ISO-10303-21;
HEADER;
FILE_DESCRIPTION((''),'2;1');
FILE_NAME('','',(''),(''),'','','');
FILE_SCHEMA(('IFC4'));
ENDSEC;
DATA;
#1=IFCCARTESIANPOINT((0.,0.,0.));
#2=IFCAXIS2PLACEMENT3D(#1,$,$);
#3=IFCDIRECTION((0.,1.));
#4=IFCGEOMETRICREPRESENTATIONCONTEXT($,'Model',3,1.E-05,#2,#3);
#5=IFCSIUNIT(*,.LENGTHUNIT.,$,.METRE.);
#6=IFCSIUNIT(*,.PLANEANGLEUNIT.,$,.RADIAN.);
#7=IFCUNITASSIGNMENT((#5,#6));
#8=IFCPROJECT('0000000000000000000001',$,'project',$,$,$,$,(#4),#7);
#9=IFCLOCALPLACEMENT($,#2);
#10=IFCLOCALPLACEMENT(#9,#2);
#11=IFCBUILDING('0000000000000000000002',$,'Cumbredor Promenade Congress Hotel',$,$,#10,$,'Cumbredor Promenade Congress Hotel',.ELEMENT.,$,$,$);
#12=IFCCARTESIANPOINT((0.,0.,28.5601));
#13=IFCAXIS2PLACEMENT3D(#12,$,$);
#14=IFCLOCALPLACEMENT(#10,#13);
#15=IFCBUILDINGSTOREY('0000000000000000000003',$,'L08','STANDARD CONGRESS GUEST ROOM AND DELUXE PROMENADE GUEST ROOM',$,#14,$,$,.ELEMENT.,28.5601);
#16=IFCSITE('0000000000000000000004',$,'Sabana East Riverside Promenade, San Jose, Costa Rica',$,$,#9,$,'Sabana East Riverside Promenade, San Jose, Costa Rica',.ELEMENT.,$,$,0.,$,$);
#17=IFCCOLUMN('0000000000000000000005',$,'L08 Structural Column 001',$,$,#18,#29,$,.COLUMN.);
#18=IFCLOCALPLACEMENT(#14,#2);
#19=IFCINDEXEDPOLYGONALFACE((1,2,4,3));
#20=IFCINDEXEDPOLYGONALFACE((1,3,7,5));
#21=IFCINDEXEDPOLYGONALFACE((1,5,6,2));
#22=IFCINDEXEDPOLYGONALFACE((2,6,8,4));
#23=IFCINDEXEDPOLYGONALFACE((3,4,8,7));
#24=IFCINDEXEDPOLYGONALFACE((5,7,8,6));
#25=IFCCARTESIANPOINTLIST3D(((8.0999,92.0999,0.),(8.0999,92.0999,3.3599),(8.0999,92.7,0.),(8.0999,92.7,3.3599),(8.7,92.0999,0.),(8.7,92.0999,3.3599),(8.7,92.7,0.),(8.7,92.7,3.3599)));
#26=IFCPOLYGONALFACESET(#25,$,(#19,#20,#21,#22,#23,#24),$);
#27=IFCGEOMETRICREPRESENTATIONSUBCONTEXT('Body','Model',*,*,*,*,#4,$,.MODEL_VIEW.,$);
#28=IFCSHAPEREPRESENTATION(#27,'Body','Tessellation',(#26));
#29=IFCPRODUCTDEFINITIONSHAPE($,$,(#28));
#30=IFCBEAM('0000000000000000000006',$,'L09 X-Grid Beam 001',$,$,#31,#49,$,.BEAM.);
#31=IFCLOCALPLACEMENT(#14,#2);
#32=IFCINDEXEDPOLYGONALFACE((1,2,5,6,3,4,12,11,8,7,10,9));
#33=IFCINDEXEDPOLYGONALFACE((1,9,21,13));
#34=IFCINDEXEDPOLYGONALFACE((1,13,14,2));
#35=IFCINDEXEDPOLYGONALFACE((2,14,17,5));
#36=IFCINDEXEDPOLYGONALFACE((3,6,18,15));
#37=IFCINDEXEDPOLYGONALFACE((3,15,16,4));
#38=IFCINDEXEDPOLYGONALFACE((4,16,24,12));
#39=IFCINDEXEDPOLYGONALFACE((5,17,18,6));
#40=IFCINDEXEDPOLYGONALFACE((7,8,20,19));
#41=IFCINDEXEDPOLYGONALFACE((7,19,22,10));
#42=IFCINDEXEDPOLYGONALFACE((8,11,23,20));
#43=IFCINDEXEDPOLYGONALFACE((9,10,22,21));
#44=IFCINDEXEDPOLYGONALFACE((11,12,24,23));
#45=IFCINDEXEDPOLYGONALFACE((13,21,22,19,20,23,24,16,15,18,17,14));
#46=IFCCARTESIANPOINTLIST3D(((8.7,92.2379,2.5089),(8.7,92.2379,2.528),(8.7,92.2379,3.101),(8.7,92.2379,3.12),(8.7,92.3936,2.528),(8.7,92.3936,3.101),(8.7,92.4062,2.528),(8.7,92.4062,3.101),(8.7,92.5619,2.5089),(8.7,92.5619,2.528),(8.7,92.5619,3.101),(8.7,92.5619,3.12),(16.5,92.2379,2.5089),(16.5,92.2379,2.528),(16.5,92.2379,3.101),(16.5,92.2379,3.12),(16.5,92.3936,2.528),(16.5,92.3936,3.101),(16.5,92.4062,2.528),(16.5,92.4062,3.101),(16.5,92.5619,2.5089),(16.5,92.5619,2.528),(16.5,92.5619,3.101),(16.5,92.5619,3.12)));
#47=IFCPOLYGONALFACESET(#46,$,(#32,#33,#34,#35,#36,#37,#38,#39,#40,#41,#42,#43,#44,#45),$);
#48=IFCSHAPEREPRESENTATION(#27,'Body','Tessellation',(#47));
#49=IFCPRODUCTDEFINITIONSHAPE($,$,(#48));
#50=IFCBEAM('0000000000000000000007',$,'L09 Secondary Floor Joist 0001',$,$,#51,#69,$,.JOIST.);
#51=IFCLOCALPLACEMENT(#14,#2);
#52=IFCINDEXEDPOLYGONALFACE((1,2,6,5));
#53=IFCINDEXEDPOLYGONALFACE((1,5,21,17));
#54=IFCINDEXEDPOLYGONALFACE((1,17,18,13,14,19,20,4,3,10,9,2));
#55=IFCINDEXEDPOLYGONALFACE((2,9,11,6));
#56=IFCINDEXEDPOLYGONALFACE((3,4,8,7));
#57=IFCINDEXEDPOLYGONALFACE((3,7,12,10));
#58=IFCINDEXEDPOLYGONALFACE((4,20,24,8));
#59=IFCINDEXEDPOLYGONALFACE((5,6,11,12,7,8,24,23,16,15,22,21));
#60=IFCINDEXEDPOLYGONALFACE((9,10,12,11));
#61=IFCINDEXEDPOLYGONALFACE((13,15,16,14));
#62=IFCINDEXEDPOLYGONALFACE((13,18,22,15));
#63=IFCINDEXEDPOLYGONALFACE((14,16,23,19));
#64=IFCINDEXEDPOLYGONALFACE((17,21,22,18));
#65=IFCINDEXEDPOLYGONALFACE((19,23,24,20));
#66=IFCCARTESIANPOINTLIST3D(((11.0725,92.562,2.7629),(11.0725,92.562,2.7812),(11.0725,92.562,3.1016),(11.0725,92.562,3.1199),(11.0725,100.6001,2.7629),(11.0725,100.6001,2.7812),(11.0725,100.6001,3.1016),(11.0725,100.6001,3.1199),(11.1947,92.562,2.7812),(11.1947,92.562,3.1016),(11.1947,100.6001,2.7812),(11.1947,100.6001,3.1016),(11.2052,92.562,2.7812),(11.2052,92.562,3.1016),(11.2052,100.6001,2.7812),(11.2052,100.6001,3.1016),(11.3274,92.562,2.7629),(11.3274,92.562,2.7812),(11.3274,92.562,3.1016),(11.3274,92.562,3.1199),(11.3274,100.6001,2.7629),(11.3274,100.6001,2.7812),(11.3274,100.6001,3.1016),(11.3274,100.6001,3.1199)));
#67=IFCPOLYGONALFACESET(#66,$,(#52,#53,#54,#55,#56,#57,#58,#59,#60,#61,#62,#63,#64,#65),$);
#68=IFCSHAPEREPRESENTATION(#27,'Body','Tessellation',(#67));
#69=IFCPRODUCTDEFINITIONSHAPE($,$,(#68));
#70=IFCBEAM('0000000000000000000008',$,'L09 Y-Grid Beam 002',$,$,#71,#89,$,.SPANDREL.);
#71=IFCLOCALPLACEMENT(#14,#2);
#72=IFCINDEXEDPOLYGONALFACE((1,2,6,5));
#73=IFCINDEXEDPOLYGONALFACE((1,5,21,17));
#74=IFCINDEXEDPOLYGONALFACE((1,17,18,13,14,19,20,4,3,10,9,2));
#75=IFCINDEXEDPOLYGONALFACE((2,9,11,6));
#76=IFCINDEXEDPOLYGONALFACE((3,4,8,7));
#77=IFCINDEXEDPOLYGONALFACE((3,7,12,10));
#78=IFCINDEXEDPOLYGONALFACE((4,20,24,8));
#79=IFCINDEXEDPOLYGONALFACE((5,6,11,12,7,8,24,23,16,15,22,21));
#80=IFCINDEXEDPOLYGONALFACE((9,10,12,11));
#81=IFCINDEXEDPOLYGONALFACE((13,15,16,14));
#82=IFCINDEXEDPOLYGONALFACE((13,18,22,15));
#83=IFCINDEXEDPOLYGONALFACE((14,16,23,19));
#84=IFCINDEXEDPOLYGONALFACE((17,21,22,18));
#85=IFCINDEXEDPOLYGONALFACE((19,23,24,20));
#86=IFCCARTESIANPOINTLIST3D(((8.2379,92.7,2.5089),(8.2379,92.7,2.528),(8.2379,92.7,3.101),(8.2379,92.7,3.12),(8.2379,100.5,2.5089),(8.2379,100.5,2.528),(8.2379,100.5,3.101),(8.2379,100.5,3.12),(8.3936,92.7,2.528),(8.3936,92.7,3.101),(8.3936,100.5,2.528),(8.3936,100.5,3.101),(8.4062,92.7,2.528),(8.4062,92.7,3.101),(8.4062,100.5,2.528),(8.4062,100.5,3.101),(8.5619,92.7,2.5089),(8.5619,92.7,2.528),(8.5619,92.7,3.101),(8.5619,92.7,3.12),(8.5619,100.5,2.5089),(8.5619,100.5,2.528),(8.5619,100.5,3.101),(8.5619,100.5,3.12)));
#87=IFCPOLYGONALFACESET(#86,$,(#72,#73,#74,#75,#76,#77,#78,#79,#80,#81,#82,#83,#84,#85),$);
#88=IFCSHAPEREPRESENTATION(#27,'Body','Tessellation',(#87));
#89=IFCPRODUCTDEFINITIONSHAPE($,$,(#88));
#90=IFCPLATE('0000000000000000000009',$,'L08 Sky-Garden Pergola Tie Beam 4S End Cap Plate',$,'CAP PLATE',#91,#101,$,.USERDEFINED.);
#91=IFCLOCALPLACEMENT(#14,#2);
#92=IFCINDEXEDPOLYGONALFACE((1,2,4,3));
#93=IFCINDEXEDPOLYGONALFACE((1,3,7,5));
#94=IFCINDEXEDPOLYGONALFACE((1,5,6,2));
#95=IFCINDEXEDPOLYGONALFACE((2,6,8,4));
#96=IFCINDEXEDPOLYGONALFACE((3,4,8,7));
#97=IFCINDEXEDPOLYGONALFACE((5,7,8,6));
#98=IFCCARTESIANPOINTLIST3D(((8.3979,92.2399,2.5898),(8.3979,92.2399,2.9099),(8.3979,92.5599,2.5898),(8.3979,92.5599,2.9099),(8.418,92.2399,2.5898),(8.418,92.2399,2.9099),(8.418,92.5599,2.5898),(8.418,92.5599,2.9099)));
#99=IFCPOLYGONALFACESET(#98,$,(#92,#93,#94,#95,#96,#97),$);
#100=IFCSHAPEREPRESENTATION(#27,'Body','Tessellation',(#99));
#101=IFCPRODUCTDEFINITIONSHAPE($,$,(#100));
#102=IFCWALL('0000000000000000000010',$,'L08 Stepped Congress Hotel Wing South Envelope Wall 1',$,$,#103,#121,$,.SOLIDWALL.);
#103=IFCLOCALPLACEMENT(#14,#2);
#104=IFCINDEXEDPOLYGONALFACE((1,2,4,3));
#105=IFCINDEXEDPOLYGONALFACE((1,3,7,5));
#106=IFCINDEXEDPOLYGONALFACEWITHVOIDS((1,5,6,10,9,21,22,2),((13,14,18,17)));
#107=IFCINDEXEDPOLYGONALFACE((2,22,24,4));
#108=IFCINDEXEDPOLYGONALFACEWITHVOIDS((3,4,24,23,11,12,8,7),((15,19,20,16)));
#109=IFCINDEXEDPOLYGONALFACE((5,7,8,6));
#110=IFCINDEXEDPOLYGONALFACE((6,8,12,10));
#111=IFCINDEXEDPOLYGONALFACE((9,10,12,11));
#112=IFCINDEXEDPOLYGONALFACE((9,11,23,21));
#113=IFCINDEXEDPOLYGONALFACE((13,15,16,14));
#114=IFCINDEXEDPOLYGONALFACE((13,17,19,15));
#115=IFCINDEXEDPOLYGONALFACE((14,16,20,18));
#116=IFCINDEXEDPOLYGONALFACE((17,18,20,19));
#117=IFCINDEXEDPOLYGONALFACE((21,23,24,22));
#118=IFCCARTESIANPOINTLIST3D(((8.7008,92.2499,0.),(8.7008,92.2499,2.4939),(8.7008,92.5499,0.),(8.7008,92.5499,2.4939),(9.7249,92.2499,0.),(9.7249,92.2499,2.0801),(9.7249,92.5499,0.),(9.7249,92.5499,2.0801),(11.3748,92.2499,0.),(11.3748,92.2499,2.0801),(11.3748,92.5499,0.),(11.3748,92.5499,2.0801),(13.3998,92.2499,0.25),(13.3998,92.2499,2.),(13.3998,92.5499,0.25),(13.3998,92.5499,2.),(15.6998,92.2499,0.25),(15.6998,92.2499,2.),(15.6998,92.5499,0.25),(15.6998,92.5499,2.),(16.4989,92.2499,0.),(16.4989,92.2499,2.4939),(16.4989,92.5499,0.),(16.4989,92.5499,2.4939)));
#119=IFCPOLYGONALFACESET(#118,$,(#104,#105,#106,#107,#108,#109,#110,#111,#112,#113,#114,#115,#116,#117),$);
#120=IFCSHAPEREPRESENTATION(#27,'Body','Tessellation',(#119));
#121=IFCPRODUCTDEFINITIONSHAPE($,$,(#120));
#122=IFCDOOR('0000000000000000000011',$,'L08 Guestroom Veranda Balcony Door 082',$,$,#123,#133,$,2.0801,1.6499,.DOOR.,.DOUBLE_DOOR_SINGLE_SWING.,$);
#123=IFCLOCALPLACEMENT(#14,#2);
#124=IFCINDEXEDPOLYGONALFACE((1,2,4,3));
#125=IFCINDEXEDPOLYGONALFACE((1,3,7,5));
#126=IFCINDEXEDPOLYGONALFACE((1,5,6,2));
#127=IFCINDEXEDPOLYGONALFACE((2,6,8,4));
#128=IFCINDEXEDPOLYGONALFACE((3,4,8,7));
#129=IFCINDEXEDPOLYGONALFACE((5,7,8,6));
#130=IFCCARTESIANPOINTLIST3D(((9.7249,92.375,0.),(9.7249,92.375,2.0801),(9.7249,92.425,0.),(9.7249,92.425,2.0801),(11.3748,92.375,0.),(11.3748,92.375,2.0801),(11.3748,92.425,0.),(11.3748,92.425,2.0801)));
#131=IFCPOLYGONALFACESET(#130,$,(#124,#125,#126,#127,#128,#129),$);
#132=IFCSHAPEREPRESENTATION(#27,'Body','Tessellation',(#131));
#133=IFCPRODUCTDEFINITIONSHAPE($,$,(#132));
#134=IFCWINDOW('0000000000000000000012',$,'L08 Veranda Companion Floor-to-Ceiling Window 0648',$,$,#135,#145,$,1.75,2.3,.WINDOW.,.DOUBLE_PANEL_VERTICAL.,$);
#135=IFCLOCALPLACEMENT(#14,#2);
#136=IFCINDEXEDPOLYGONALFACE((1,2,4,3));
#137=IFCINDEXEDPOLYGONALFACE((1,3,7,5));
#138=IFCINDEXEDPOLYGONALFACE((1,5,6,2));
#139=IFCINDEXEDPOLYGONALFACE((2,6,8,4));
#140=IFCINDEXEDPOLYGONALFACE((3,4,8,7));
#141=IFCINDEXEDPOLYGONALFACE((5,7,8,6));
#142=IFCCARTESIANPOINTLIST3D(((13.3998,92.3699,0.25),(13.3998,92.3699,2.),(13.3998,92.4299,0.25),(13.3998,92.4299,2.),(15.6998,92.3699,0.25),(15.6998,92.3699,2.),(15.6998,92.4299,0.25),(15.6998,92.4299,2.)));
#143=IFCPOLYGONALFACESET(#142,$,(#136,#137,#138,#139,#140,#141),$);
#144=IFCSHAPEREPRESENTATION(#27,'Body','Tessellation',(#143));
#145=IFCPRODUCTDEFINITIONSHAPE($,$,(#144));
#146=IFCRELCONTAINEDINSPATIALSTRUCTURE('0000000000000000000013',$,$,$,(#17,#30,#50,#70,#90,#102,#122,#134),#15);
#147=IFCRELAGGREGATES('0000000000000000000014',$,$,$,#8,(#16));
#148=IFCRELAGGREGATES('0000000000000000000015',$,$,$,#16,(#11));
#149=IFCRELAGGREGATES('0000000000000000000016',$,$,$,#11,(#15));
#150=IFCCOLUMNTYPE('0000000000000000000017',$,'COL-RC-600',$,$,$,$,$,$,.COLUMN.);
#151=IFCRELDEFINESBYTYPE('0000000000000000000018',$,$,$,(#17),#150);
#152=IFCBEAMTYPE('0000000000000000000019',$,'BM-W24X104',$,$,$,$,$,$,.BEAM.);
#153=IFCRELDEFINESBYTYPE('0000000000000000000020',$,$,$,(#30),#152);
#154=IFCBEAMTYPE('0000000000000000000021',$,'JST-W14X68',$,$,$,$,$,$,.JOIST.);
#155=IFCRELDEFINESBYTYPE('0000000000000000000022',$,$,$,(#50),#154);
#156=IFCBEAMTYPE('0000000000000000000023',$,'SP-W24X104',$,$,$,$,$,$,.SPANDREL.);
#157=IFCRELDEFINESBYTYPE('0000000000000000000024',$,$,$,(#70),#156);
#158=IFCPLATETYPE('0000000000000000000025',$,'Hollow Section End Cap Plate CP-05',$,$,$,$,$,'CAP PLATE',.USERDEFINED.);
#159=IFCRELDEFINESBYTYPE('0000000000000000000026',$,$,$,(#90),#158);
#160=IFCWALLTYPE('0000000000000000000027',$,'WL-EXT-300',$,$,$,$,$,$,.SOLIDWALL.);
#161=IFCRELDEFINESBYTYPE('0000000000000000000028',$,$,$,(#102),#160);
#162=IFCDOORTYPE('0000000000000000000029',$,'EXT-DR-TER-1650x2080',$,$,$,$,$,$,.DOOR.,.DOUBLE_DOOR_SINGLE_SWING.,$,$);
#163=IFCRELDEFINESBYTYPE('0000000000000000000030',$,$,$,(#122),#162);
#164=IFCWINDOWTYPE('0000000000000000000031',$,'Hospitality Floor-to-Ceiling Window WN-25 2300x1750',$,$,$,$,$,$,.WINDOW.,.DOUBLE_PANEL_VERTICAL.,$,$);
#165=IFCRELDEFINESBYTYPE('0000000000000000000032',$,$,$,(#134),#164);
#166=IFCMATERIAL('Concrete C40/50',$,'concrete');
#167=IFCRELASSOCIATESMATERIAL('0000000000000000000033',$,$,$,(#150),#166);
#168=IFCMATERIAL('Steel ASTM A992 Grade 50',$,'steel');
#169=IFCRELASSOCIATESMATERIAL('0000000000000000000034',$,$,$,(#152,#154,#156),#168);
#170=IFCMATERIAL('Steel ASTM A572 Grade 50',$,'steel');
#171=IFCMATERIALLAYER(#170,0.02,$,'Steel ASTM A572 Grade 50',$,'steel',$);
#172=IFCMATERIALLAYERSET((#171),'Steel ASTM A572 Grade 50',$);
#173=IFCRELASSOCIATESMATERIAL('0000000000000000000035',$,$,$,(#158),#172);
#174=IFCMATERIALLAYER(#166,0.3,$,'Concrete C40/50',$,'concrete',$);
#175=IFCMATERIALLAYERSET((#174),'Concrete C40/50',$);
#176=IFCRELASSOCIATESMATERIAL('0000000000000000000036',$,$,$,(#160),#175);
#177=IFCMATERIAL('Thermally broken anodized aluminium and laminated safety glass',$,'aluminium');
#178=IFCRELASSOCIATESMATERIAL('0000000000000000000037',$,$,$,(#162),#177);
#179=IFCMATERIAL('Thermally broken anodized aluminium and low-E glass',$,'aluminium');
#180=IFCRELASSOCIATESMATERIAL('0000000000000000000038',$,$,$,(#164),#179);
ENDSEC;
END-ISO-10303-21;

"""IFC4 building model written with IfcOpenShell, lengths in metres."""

from ifc_helpers import new_model, si_unit, direction, frame, frame_2d, origin, origin_2d, place, context, subcontext, project, spatial, rectangle, i_section, extrude, material, layer, layer_set, material_profile, profile_set, type_object, element, fill, save


model = new_model("IFC4")

# Units and contexts
model_context = context("Model", 3, precision=1e-05, world=origin(), true_north=direction((0.0, 1.0)))
body_context = subcontext(model_context, "Body", "Model", "MODEL_VIEW")
ifc_project = project(units=[si_unit("LENGTHUNIT", "METRE"), si_unit("PLANEANGLEUNIT", "RADIAN")], contexts=[model_context])

# Site, building, storey
site_placement = place(None, origin())
site = spatial("IfcSite", under=ifc_project, at=site_placement, Name="Sabana East Riverside Promenade, San Jose, Costa Rica", LongName="Sabana East Riverside Promenade, San Jose, Costa Rica", CompositionType="ELEMENT", RefElevation=0.0)
building_placement = place(site_placement, origin())
building = spatial("IfcBuilding", under=site, at=building_placement, Name="Cumbredor Promenade Congress Hotel", LongName="Cumbredor Promenade Congress Hotel", CompositionType="ELEMENT")
storey_placement = place(building_placement, frame((0.0, 0.0, 28.5601)))
storey = spatial("IfcBuildingStorey", under=building, at=storey_placement, Name="L08", Description="STANDARD CONGRESS GUEST ROOM AND DELUXE PROMENADE GUEST ROOM", CompositionType="ELEMENT", Elevation=28.5601)

# Column
ifc_material_1 = material(Name="Concrete C40/50", Category="concrete")
ifc_material_profile_1 = material_profile(ifc_material_1, rectangle(XDim=0.6001, YDim=0.6001, at=origin_2d()), Name="RC 600x600")
ifc_profile_set_1 = profile_set([ifc_material_profile_1], Name="Concrete C40/50")
column_type = type_object("IfcColumnType", Name="COL-RC-600", PredefinedType="COLUMN", material=ifc_profile_set_1)
column_placement = place(storey_placement, frame((8.3999, 92.3999, 0.0), z_axis=(0.0, 0.0, 1.0), x_axis=(1.0, 0.0, 0.0)))
element("IfcColumn", 1, at=column_placement, inside=storey, type_object=column_type, Name="L08 Structural Column 001", PredefinedType="COLUMN", context=body_context, shape_type="SweptSolid", body=[
    extrude(rectangle(XDim=0.6001, YDim=0.6001, at=origin_2d()), origin(), (0.0, 0.0, 1.0), 3.3599),
])

# Beams
ifc_material_2 = material(Name="Steel ASTM A992 Grade 50", Category="steel")
ifc_material_profile_2 = material_profile(ifc_material_2, i_section(OverallWidth=0.324, OverallDepth=0.6111, WebThickness=0.0127, FlangeThickness=0.019, at=origin_2d()), Name="W24X104")
ifc_profile_set_2 = profile_set([ifc_material_profile_2], Name="Steel ASTM A992 Grade 50")
beam_type_1 = type_object("IfcBeamType", Name="BM-W24X104", PredefinedType="BEAM", material=ifc_profile_set_2)
beam_1_placement = place(storey_placement, frame((8.7, 92.3999, 2.8145), z_axis=(1.0, 0.0, 0.0), x_axis=(0.0, 1.0, 0.0)))
element("IfcBeam", 2, at=beam_1_placement, inside=storey, type_object=beam_type_1, Name="L09 X-Grid Beam 001", PredefinedType="BEAM", context=body_context, shape_type="SweptSolid", body=[
    extrude(i_section(OverallWidth=0.324, OverallDepth=0.6111, WebThickness=0.0127, FlangeThickness=0.019, at=origin_2d()), origin(), (0.0, 0.0, 1.0), 7.8),
])
ifc_material_profile_3 = material_profile(ifc_material_2, i_section(OverallWidth=0.2549, OverallDepth=0.3569, WebThickness=0.0105, FlangeThickness=0.0183, at=origin_2d()), Name="W14X68")
ifc_profile_set_3 = profile_set([ifc_material_profile_3], Name="Steel ASTM A992 Grade 50")
beam_type_2 = type_object("IfcBeamType", Name="JST-W14X68", PredefinedType="JOIST", material=ifc_profile_set_3)
beam_2_placement = place(storey_placement, frame((11.2, 92.562, 2.9414), z_axis=(0.0, 1.0, 0.0), x_axis=(-1.0, 0.0, 0.0)))
element("IfcBeam", 3, at=beam_2_placement, inside=storey, type_object=beam_type_2, Name="L09 Secondary Floor Joist 0001", PredefinedType="JOIST", context=body_context, shape_type="SweptSolid", body=[
    extrude(i_section(OverallWidth=0.2549, OverallDepth=0.3569, WebThickness=0.0105, FlangeThickness=0.0183, at=origin_2d()), origin(), (0.0, 0.0, 1.0), 8.0381),
])
ifc_material_profile_4 = material_profile(ifc_material_2, i_section(OverallWidth=0.324, OverallDepth=0.6111, WebThickness=0.0127, FlangeThickness=0.019, at=origin_2d()), Name="W24X104")
ifc_profile_set_4 = profile_set([ifc_material_profile_4], Name="Steel ASTM A992 Grade 50")
beam_type_3 = type_object("IfcBeamType", Name="SP-W24X104", PredefinedType="SPANDREL", material=ifc_profile_set_4)
beam_3_placement = place(storey_placement, frame((8.3999, 92.7, 2.8145), z_axis=(0.0, 1.0, 0.0), x_axis=(-1.0, 0.0, 0.0)))
element("IfcBeam", 4, at=beam_3_placement, inside=storey, type_object=beam_type_3, Name="L09 Y-Grid Beam 002", PredefinedType="SPANDREL", context=body_context, shape_type="SweptSolid", body=[
    extrude(i_section(OverallWidth=0.324, OverallDepth=0.6111, WebThickness=0.0127, FlangeThickness=0.019, at=origin_2d()), origin(), (0.0, 0.0, 1.0), 7.8),
])

# Plate
ifc_material_3 = material(Name="Steel ASTM A572 Grade 50", Category="steel")
ifc_layer_1 = layer(ifc_material_3, 0.02, Name="Steel ASTM A572 Grade 50", Category="steel")
ifc_layer_set_1 = layer_set([ifc_layer_1], Name="Steel ASTM A572 Grade 50")
plate_type = type_object("IfcPlateType", Name="Hollow Section End Cap Plate CP-05", ElementType="CAP PLATE", PredefinedType="USERDEFINED", material=ifc_layer_set_1)
plate_placement = place(storey_placement, frame((8.408, 92.3999, 2.5898), z_axis=(0.0, 0.0, 1.0), x_axis=(1.0, 0.0, 0.0)))
element("IfcPlate", 5, at=plate_placement, inside=storey, type_object=plate_type, Name="L08 Sky-Garden Pergola Tie Beam 4S End Cap Plate", ObjectType="CAP PLATE", PredefinedType="USERDEFINED", context=body_context, shape_type="SweptSolid", body=[
    extrude(rectangle(XDim=0.02, YDim=0.3201, at=origin_2d()), origin(), (0.0, 0.0, 1.0), 0.3201),
])

# Wall, openings, door, window
ifc_layer_2 = layer(ifc_material_1, 0.3, Name="Concrete C40/50", Category="concrete")
ifc_layer_set_2 = layer_set([ifc_layer_2], Name="Concrete C40/50")
wall_type = type_object("IfcWallType", Name="WL-EXT-300", PredefinedType="SOLIDWALL", material=ifc_layer_set_2)
wall_placement = place(storey_placement, frame((8.7009, 92.3999, 0.0), z_axis=(0.0, 0.0, 1.0), x_axis=(1.0, 0.0, 0.0)))
wall = element("IfcWall", 6, at=wall_placement, inside=storey, type_object=wall_type, Name="L08 Stepped Congress Hotel Wing South Envelope Wall 1", PredefinedType="SOLIDWALL", context=body_context, shape_type="SweptSolid", body=[
    extrude(rectangle(XDim=7.7981, YDim=0.3, at=frame_2d((3.8989, 0.0))), origin(), (0.0, 0.0, 1.0), 2.4939),
])
opening_1_placement = place(wall_placement, frame((1.0239, 0.0, 0.0)))
opening_1 = element("IfcOpeningElement", 7, at=opening_1_placement, cuts=wall, PredefinedType="OPENING", context=body_context, shape_type="SweptSolid", body=[
    extrude(rectangle(XDim=1.6499, YDim=2.0801, at=frame_2d((0.825, 1.04))), frame((0.0, 0.1602, 0.0), z_axis=(0.0, -1.0, 0.0), x_axis=(1.0, 0.0, 0.0)), (0.0, 0.0, 1.0), 0.3201),
])
opening_2_placement = place(wall_placement, frame((4.699, 0.0, 0.25)))
opening_2 = element("IfcOpeningElement", 8, at=opening_2_placement, cuts=wall, PredefinedType="OPENING", context=body_context, shape_type="SweptSolid", body=[
    extrude(rectangle(XDim=2.3, YDim=1.75, at=frame_2d((1.1499, 0.875))), frame((0.0, 0.1602, 0.0), z_axis=(0.0, -1.0, 0.0), x_axis=(1.0, 0.0, 0.0)), (0.0, 0.0, 1.0), 0.3201),
])
ifc_material_4 = material(Name="Thermally broken anodized aluminium and laminated safety glass", Category="aluminium")
door_type = type_object("IfcDoorType", Name="EXT-DR-TER-1650x2080", OperationType="DOUBLE_DOOR_SINGLE_SWING", PredefinedType="DOOR", material=ifc_material_4)
door_placement = place(opening_1_placement, frame((1.6499, 0.0, 0.0), z_axis=(0.0, 0.0, 1.0), x_axis=(-1.0, 0.0, 0.0)))
door = element("IfcDoor", 9, at=door_placement, inside=storey, type_object=door_type, Name="L08 Guestroom Veranda Balcony Door 082", OperationType="DOUBLE_DOOR_SINGLE_SWING", OverallHeight=2.0801, OverallWidth=1.6499, PredefinedType="DOOR", context=body_context, shape_type="SweptSolid", body=[
    extrude(rectangle(XDim=1.6499, YDim=2.0801, at=frame_2d((0.825, 1.04))), frame((0.0, 0.0249, 0.0), z_axis=(0.0, -1.0, 0.0), x_axis=(1.0, 0.0, 0.0)), (0.0, 0.0, 1.0), 0.05),
])
fill(opening_1, door)
ifc_material_5 = material(Name="Thermally broken anodized aluminium and low-E glass", Category="aluminium")
window_type = type_object("IfcWindowType", Name="Hospitality Floor-to-Ceiling Window WN-25 2300x1750", PartitioningType="DOUBLE_PANEL_VERTICAL", PredefinedType="WINDOW", material=ifc_material_5)
window_placement = place(opening_2_placement, origin())
window = element("IfcWindow", 10, at=window_placement, inside=storey, type_object=window_type, Name="L08 Veranda Companion Floor-to-Ceiling Window 0648", OverallHeight=1.75, OverallWidth=2.3, PartitioningType="DOUBLE_PANEL_VERTICAL", PredefinedType="WINDOW", context=body_context, shape_type="SweptSolid", body=[
    extrude(rectangle(XDim=2.3, YDim=1.75, at=frame_2d((1.1499, 0.875))), frame((0.0, 0.03, 0.0), z_axis=(0.0, -1.0, 0.0), x_axis=(1.0, 0.0, 0.0)), (0.0, 0.0, 1.0), 0.0601),
])
fill(opening_2, window)

save(model, "model.ifc")
